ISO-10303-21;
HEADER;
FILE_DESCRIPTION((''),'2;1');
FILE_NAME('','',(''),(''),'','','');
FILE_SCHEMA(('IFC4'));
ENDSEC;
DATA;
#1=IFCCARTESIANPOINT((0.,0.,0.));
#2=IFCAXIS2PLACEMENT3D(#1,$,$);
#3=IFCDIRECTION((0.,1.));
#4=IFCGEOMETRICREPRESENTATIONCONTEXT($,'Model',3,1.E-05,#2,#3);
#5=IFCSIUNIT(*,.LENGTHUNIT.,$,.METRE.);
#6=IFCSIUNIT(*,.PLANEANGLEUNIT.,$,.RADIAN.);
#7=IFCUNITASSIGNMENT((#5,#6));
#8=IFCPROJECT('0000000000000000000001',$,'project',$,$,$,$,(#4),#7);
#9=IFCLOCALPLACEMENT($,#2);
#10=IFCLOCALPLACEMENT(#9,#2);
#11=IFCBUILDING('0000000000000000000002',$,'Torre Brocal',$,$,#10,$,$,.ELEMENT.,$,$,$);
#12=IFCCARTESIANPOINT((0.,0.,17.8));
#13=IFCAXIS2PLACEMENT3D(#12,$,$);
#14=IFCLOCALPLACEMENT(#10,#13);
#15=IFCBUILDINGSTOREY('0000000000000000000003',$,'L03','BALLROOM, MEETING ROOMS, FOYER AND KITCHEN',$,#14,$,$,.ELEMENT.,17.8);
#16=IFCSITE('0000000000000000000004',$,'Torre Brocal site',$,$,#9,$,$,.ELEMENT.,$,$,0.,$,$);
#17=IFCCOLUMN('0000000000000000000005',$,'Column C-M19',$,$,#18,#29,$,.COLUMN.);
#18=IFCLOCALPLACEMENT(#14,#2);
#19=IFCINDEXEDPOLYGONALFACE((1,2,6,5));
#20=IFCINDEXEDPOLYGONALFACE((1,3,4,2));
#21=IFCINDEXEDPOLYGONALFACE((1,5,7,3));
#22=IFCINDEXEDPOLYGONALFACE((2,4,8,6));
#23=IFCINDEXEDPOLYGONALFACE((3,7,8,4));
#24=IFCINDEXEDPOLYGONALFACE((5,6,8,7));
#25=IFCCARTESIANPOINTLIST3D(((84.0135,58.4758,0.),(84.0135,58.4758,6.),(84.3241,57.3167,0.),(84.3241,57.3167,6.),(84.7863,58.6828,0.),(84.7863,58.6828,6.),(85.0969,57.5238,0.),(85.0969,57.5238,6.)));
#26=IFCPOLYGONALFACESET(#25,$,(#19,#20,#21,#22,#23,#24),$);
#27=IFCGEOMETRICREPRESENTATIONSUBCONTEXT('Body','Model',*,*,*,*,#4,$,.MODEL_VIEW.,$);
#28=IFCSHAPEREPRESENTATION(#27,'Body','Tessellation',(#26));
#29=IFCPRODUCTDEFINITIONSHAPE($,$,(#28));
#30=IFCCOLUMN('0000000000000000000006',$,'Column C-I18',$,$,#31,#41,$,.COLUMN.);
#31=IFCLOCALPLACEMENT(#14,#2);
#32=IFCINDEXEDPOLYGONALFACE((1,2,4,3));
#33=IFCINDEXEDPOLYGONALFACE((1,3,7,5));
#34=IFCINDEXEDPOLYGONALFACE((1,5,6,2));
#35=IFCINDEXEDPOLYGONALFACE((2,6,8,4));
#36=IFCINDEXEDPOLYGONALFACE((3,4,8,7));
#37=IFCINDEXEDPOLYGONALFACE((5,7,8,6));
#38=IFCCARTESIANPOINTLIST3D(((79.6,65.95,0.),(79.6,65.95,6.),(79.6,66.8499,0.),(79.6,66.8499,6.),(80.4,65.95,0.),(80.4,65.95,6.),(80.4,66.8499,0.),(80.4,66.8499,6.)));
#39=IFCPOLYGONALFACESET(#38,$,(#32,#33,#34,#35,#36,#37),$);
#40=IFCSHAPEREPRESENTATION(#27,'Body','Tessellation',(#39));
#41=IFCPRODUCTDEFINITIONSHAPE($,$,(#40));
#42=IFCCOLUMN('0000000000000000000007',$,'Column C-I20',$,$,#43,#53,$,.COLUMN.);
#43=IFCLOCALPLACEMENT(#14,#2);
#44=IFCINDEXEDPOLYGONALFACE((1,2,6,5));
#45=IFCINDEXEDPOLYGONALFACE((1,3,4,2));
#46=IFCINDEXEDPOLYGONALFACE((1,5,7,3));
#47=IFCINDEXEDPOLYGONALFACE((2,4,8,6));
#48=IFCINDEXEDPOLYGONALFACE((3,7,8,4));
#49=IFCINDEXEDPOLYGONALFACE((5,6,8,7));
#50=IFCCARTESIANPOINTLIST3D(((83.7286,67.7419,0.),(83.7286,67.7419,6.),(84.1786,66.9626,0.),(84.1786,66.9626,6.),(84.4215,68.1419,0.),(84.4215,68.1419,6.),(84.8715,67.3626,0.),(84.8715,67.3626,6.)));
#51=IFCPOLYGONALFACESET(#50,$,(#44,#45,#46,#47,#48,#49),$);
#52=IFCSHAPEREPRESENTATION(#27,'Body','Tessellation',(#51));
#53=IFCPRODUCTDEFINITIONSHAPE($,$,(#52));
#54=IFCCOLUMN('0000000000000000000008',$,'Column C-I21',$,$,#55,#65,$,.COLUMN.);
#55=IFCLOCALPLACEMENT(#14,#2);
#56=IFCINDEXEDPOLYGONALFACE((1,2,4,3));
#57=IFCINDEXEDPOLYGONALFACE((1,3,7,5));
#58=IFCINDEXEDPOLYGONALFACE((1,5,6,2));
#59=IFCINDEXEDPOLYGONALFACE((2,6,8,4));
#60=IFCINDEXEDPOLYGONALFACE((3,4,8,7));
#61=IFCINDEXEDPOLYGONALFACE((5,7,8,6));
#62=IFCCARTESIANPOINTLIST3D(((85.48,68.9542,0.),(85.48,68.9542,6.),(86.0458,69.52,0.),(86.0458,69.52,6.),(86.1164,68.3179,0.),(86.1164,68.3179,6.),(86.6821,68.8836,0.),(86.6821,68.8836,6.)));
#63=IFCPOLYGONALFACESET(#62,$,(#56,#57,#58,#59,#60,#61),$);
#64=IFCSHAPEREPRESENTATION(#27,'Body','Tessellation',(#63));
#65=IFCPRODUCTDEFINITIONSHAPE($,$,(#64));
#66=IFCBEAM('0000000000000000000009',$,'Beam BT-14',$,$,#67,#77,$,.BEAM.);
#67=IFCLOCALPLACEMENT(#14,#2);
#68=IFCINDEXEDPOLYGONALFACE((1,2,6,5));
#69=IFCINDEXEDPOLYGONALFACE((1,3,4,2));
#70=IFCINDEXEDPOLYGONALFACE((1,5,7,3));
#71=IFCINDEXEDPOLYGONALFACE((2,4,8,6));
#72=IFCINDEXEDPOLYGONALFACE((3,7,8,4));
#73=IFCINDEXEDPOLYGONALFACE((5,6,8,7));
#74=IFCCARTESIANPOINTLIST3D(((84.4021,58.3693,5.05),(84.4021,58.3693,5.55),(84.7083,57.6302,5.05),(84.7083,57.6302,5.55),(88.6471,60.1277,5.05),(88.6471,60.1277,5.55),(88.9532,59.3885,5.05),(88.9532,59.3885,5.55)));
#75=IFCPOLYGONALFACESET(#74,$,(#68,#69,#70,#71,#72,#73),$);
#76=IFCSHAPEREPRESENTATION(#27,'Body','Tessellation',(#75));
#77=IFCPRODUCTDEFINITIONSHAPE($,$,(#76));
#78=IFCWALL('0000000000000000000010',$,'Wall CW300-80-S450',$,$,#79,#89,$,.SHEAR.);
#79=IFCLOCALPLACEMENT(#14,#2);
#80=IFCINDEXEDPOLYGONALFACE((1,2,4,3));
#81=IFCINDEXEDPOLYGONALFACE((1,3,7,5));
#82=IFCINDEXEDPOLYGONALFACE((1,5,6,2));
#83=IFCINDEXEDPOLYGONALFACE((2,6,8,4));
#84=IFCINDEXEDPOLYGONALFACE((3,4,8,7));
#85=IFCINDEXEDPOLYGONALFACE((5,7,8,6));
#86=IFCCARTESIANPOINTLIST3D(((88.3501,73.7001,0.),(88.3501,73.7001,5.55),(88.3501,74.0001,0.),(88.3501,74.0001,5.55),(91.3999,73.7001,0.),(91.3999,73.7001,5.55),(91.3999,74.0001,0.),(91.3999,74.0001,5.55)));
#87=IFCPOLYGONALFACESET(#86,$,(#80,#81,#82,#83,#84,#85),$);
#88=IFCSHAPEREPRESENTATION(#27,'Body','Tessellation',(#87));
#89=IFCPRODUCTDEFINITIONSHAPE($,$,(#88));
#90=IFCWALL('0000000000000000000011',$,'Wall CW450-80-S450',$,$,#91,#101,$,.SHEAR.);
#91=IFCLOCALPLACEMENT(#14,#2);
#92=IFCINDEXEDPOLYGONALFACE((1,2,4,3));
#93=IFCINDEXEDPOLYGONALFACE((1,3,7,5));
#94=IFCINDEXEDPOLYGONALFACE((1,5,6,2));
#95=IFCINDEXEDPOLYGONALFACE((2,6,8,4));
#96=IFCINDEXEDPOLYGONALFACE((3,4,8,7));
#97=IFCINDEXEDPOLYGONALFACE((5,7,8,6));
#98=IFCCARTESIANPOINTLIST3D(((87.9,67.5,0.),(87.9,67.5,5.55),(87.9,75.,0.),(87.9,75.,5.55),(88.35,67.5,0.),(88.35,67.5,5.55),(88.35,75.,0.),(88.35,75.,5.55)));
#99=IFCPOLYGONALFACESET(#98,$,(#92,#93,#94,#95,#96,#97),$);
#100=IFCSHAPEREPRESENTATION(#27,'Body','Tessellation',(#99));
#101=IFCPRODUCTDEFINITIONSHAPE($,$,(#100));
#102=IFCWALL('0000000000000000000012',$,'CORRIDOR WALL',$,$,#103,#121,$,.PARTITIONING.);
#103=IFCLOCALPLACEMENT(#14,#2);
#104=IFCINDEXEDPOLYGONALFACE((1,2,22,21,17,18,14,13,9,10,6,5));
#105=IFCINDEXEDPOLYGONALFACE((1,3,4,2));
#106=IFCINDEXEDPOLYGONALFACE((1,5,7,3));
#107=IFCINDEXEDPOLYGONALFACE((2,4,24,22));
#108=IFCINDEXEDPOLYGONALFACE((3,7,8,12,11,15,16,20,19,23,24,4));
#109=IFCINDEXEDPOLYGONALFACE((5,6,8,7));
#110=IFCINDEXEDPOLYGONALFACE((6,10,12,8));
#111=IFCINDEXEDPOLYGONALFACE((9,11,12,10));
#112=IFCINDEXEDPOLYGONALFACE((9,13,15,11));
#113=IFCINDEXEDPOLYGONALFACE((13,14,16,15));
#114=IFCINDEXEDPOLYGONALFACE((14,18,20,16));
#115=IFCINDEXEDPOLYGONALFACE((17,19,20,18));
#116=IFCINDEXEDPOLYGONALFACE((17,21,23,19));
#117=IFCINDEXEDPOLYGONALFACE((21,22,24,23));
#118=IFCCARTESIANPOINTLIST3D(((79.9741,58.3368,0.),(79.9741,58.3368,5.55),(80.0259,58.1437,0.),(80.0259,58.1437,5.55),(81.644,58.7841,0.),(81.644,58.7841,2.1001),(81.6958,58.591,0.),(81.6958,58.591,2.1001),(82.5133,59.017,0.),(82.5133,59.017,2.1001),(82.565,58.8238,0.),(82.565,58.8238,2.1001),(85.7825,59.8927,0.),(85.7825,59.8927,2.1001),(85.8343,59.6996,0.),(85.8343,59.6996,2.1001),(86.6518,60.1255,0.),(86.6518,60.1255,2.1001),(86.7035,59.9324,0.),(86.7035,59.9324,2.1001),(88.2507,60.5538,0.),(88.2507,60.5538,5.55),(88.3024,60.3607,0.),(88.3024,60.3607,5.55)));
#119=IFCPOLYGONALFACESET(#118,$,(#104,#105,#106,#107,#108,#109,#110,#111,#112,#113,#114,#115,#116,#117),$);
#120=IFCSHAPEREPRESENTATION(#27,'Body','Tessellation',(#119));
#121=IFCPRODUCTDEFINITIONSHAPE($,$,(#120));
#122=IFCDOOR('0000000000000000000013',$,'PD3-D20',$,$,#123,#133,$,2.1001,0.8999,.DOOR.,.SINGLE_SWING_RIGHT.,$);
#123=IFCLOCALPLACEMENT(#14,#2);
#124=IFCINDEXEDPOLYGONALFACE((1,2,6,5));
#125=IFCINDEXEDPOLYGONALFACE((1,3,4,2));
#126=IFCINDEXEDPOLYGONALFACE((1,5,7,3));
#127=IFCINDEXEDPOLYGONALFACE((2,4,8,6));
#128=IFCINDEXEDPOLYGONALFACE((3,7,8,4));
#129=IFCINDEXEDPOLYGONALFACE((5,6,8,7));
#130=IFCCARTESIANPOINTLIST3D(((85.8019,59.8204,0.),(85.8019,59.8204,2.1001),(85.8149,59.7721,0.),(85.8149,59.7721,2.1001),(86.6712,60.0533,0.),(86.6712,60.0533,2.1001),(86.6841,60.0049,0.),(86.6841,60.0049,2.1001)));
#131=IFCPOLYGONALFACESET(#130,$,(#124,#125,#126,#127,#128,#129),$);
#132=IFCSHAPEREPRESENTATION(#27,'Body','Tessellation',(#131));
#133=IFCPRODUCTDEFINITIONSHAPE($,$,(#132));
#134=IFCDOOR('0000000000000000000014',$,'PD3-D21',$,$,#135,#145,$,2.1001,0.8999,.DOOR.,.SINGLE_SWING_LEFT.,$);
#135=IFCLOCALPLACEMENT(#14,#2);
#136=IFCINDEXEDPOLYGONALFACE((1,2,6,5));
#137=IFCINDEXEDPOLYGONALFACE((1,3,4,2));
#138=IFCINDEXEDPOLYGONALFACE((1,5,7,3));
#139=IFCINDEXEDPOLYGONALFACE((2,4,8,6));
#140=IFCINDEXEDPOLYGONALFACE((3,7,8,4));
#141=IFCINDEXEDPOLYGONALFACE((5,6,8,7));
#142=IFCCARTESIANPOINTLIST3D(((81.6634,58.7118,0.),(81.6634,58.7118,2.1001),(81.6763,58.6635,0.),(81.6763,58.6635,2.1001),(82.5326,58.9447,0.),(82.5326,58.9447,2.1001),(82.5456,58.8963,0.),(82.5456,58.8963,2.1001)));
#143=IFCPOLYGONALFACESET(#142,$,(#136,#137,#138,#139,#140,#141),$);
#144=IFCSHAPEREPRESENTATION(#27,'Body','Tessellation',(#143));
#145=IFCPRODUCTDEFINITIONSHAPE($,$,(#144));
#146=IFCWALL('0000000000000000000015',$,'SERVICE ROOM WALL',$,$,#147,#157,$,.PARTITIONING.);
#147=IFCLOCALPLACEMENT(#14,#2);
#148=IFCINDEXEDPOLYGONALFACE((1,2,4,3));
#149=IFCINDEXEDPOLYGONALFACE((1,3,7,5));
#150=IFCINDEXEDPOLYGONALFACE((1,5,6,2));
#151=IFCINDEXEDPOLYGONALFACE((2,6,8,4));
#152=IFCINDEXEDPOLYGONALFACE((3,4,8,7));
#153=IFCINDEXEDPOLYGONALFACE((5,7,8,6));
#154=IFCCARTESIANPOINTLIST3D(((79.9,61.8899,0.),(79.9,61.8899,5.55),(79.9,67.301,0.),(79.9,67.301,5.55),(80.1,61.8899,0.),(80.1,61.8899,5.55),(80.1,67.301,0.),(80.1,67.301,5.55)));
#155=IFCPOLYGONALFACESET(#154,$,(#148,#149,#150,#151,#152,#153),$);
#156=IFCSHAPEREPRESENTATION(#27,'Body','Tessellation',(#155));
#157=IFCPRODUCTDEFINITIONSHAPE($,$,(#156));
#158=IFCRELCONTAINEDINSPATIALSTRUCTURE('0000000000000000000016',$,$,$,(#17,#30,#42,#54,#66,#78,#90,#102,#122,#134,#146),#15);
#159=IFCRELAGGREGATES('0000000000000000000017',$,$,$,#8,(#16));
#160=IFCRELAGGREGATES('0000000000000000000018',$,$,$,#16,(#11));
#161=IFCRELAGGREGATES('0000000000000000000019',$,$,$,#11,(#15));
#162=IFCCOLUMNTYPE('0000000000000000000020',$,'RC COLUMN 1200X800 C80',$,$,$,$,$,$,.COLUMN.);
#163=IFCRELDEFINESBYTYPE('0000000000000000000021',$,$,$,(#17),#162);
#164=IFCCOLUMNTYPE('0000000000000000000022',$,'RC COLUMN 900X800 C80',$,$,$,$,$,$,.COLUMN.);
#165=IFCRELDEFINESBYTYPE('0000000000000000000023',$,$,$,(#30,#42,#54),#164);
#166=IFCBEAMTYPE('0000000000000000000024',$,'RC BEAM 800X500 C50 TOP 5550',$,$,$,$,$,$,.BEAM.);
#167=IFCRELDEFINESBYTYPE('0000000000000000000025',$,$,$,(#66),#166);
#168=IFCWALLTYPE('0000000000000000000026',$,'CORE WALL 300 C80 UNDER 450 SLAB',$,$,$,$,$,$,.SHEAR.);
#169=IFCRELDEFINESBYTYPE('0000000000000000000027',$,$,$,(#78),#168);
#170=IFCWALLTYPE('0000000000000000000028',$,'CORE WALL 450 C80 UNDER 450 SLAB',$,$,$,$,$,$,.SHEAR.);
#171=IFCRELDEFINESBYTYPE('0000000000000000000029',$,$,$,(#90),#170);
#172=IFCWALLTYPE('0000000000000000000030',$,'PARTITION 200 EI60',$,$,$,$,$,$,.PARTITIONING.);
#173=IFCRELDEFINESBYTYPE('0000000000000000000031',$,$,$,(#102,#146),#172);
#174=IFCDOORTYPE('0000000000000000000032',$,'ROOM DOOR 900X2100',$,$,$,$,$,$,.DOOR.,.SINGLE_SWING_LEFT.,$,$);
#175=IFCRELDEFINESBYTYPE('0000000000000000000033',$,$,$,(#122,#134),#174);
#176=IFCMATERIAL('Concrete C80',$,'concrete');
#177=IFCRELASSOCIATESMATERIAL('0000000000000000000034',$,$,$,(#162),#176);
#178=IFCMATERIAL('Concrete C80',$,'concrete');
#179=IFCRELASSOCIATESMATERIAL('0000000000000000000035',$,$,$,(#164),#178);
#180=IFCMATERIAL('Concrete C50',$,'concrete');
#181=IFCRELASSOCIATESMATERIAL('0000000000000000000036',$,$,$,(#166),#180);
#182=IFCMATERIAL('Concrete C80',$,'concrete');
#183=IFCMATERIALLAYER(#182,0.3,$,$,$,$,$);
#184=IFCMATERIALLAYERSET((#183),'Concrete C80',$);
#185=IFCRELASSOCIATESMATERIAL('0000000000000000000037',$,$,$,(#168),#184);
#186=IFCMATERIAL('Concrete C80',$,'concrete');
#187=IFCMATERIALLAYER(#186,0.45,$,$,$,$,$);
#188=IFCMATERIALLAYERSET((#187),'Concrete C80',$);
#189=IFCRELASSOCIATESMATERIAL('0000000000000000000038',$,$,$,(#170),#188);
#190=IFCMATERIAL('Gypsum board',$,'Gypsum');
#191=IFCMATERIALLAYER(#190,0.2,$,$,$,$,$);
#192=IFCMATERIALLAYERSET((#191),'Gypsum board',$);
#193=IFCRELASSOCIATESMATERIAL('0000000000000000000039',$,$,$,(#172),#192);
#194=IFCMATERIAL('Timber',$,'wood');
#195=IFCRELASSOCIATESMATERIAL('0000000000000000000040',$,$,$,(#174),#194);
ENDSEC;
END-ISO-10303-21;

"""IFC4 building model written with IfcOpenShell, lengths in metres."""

from ifc_helpers import new_model, si_unit, direction, frame, frame_2d, origin, origin_2d, place, context, subcontext, project, spatial, rectangle, extrude, material, layer, layer_set, material_profile, profile_set, type_object, element, fill, save


model = new_model("IFC4")

# Units and contexts
model_context = context("Model", 3, precision=1e-05, world=origin(), true_north=direction((0.0, 1.0)))
body_context = subcontext(model_context, "Body", "Model", "MODEL_VIEW")
ifc_project = project(units=[si_unit("LENGTHUNIT", "METRE"), si_unit("PLANEANGLEUNIT", "RADIAN")], contexts=[model_context])

# Site, building, storey
site_placement = place(None, origin())
site = spatial("IfcSite", under=ifc_project, at=site_placement, Name="Torre Brocal site", CompositionType="ELEMENT", RefElevation=0.0)
building_placement = place(site_placement, origin())
building = spatial("IfcBuilding", under=site, at=building_placement, Name="Torre Brocal", CompositionType="ELEMENT")
storey_placement = place(building_placement, frame((0.0, 0.0, 17.8)))
storey = spatial("IfcBuildingStorey", under=building, at=storey_placement, Name="L03", Description="BALLROOM, MEETING ROOMS, FOYER AND KITCHEN", CompositionType="ELEMENT", Elevation=17.8)

# Columns
ifc_material_1 = material(Name="Concrete C80", Category="concrete")
ifc_material_profile_1 = material_profile(ifc_material_1, rectangle(XDim=1.2, YDim=0.8, at=origin_2d()), Name="RC 1200X800")
ifc_profile_set_1 = profile_set([ifc_material_profile_1], Name="Concrete C80")
column_type_1 = type_object("IfcColumnType", Name="RC COLUMN 1200X800 C80", PredefinedType="COLUMN", material=ifc_profile_set_1)
column_placement = place(storey_placement, frame((84.5552, 57.9998, 0.0), z_axis=(0.0, 0.0, 1.0), x_axis=(0.258819, -0.965926, 0.0)))
element("IfcColumn", 1, at=column_placement, inside=storey, type_object=column_type_1, Name="Column C-M19", PredefinedType="COLUMN", context=body_context, shape_type="SweptSolid", body=[
    extrude(rectangle(XDim=1.2, YDim=0.8, at=origin_2d()), origin(), (0.0, 0.0, 1.0), 6.0),
])
ifc_material_2 = material(Name="Concrete C80", Category="concrete")
ifc_material_profile_2 = material_profile(ifc_material_2, rectangle(XDim=0.8999, YDim=0.8, at=origin_2d()), Name="RC 900X800")
ifc_profile_set_2 = profile_set([ifc_material_profile_2], Name="Concrete C80")
column_type_2 = type_object("IfcColumnType", Name="RC COLUMN 900X800 C80", PredefinedType="COLUMN", material=ifc_profile_set_2)
for number, where, z_axis, x_axis, name in (
    (2, (80.0, 66.3999, 0.0), (0.0, 0.0, 1.0), (0.0, -1.0, 0.0), "Column C-I18"),
    (3, (84.3, 67.5522, 0.0), (0.0, 0.0, 1.0), (0.5, -0.866025, 0.0), "Column C-I20"),
    (4, (86.0811, 68.9189, 0.0), (0.0, 0.0, 1.0), (0.707107, -0.707107, 0.0), "Column C-I21"),
):
    element("IfcColumn", number, at=place(storey_placement, frame(where, z_axis=z_axis, x_axis=x_axis)), inside=storey, type_object=column_type_2, Name=name, PredefinedType="COLUMN", context=body_context, shape_type="SweptSolid", body=[
        extrude(rectangle(XDim=0.8999, YDim=0.8, at=origin_2d()), origin(), (0.0, 0.0, 1.0), 6.0),
    ])

# Beam
ifc_material_3 = material(Name="Concrete C50", Category="concrete")
ifc_material_profile_3 = material_profile(ifc_material_3, rectangle(XDim=0.8, YDim=0.5, at=origin_2d()), Name="RC 800X500")
ifc_profile_set_3 = profile_set([ifc_material_profile_3], Name="Concrete C50")
beam_type = type_object("IfcBeamType", Name="RC BEAM 800X500 C50 TOP 5550", PredefinedType="BEAM", material=ifc_profile_set_3)
beam_placement = place(storey_placement, frame((84.5552, 57.9998, 5.3), z_axis=(0.923878, 0.382687, 0.0), x_axis=(-0.382687, 0.923878, 0.0)))
element("IfcBeam", 5, at=beam_placement, inside=storey, type_object=beam_type, Name="Beam BT-14", PredefinedType="BEAM", context=body_context, shape_type="SweptSolid", body=[
    extrude(rectangle(XDim=0.8, YDim=0.5, at=origin_2d()), origin(), (0.0, 0.0, 1.0), 4.5947),
])

# Walls
ifc_material_4 = material(Name="Concrete C80", Category="concrete")
ifc_layer_1 = layer(ifc_material_4, 0.3)
ifc_layer_set_1 = layer_set([ifc_layer_1], Name="Concrete C80")
wall_type_1 = type_object("IfcWallType", Name="CORE WALL 300 C80 UNDER 450 SLAB", PredefinedType="SHEAR", material=ifc_layer_set_1)
wall_1_placement = place(storey_placement, frame((88.3501, 73.8501, 0.0), z_axis=(0.0, 0.0, 1.0), x_axis=(1.0, 0.0, 0.0)))
element("IfcWall", 6, at=wall_1_placement, inside=storey, type_object=wall_type_1, Name="Wall CW300-80-S450", PredefinedType="SHEAR", context=body_context, shape_type="SweptSolid", body=[
    extrude(rectangle(XDim=3.0498, YDim=0.3, at=frame_2d((1.5249, 0.0))), origin(), (0.0, 0.0, 1.0), 5.55),
])
ifc_material_5 = material(Name="Concrete C80", Category="concrete")
ifc_layer_2 = layer(ifc_material_5, 0.45)
ifc_layer_set_2 = layer_set([ifc_layer_2], Name="Concrete C80")
wall_type_2 = type_object("IfcWallType", Name="CORE WALL 450 C80 UNDER 450 SLAB", PredefinedType="SHEAR", material=ifc_layer_set_2)
wall_2_placement = place(storey_placement, frame((88.125, 67.5, 0.0), z_axis=(0.0, 0.0, 1.0), x_axis=(0.0, 1.0, 0.0)))
element("IfcWall", 7, at=wall_2_placement, inside=storey, type_object=wall_type_2, Name="Wall CW450-80-S450", PredefinedType="SHEAR", context=body_context, shape_type="SweptSolid", body=[
    extrude(rectangle(XDim=7.5, YDim=0.45, at=frame_2d((3.75, 0.0))), origin(), (0.0, 0.0, 1.0), 5.55),
])

# Wall, openings, doors
ifc_material_6 = material(Name="Gypsum board", Category="Gypsum")
ifc_layer_3 = layer(ifc_material_6, 0.2)
ifc_layer_set_3 = layer_set([ifc_layer_3], Name="Gypsum board")
wall_type_3 = type_object("IfcWallType", Name="PARTITION 200 EI60", PredefinedType="PARTITIONING", material=ifc_layer_set_3)
wall_3_placement = place(storey_placement, frame((80.0, 58.2402, 0.0), z_axis=(0.0, 0.0, 1.0), x_axis=(0.965945, 0.258746, 0.0)))
wall_3 = element("IfcWall", 8, at=wall_3_placement, inside=storey, type_object=wall_type_3, Name="CORRIDOR WALL", PredefinedType="PARTITIONING", context=body_context, shape_type="SweptSolid", body=[
    extrude(rectangle(XDim=8.5684, YDim=0.2, at=frame_2d((4.2842, 0.0))), origin(), (0.0, 0.0, 1.0), 5.55),
])
opening_1_placement = place(wall_3_placement, frame((6.0132, 0.0, 0.0)))
opening_1 = element("IfcOpeningElement", 9, at=opening_1_placement, cuts=wall_3, PredefinedType="OPENING", context=body_context, shape_type="SweptSolid", body=[
    extrude(rectangle(XDim=0.8999, YDim=2.1001, at=frame_2d((0.45, 1.05))), frame((0.0, 0.1099, 0.0), z_axis=(0.0, -1.0, 0.0), x_axis=(1.0, 0.0, 0.0)), (0.0, 0.0, 1.0), 0.22),
])
opening_2_placement = place(wall_3_placement, frame((1.7288, 0.0, 0.0)))
opening_2 = element("IfcOpeningElement", 10, at=opening_2_placement, cuts=wall_3, PredefinedType="OPENING", context=body_context, shape_type="SweptSolid", body=[
    extrude(rectangle(XDim=0.8999, YDim=2.1001, at=frame_2d((0.45, 1.05))), frame((0.0, 0.1099, 0.0), z_axis=(0.0, -1.0, 0.0), x_axis=(1.0, 0.0, 0.0)), (0.0, 0.0, 1.0), 0.22),
])
ifc_material_7 = material(Name="Timber", Category="wood")
door_type_1 = type_object("IfcDoorType", Name="ROOM DOOR 900X2100", OperationType="SINGLE_SWING_LEFT", PredefinedType="DOOR", material=ifc_material_7)
door_1_placement = place(opening_1_placement, frame((0.8999, 0.0, 0.0), z_axis=(0.0, 0.0, 1.0), x_axis=(-1.0, 0.0, 0.0)))
door_1 = element("IfcDoor", 11, at=door_1_placement, inside=storey, type_object=door_type_1, Name="PD3-D20", OperationType="SINGLE_SWING_RIGHT", OverallHeight=2.1001, OverallWidth=0.8999, PredefinedType="DOOR", context=body_context, shape_type="SweptSolid", body=[
    extrude(rectangle(XDim=0.8999, YDim=2.1001, at=frame_2d((0.45, 1.05))), frame((0.0, 0.0249, 0.0), z_axis=(0.0, -1.0, 0.0), x_axis=(1.0, 0.0, 0.0)), (0.0, 0.0, 1.0), 0.05),
])
fill(opening_1, door_1)
door_2_placement = place(opening_2_placement, frame((0.8999, 0.0, 0.0), z_axis=(0.0, 0.0, 1.0), x_axis=(-1.0, 0.0, 0.0)))
door_2 = element("IfcDoor", 12, at=door_2_placement, inside=storey, type_object=door_type_1, Name="PD3-D21", OperationType="SINGLE_SWING_LEFT", OverallHeight=2.1001, OverallWidth=0.8999, PredefinedType="DOOR", context=body_context, shape_type="SweptSolid", body=[
    extrude(rectangle(XDim=0.8999, YDim=2.1001, at=frame_2d((0.45, 1.05))), frame((0.0, 0.0249, 0.0), z_axis=(0.0, -1.0, 0.0), x_axis=(1.0, 0.0, 0.0)), (0.0, 0.0, 1.0), 0.05),
])
fill(opening_2, door_2)

# Wall
wall_4_placement = place(storey_placement, frame((80.0, 61.8899, 0.0), z_axis=(0.0, 0.0, 1.0), x_axis=(0.0, 1.0, 0.0)))
element("IfcWall", 13, at=wall_4_placement, inside=storey, type_object=wall_type_3, Name="SERVICE ROOM WALL", PredefinedType="PARTITIONING", context=body_context, shape_type="SweptSolid", body=[
    extrude(rectangle(XDim=5.4111, YDim=0.2, at=frame_2d((2.7056, 0.0))), origin(), (0.0, 0.0, 1.0), 5.55),
])

save(model, "model.ifc")
